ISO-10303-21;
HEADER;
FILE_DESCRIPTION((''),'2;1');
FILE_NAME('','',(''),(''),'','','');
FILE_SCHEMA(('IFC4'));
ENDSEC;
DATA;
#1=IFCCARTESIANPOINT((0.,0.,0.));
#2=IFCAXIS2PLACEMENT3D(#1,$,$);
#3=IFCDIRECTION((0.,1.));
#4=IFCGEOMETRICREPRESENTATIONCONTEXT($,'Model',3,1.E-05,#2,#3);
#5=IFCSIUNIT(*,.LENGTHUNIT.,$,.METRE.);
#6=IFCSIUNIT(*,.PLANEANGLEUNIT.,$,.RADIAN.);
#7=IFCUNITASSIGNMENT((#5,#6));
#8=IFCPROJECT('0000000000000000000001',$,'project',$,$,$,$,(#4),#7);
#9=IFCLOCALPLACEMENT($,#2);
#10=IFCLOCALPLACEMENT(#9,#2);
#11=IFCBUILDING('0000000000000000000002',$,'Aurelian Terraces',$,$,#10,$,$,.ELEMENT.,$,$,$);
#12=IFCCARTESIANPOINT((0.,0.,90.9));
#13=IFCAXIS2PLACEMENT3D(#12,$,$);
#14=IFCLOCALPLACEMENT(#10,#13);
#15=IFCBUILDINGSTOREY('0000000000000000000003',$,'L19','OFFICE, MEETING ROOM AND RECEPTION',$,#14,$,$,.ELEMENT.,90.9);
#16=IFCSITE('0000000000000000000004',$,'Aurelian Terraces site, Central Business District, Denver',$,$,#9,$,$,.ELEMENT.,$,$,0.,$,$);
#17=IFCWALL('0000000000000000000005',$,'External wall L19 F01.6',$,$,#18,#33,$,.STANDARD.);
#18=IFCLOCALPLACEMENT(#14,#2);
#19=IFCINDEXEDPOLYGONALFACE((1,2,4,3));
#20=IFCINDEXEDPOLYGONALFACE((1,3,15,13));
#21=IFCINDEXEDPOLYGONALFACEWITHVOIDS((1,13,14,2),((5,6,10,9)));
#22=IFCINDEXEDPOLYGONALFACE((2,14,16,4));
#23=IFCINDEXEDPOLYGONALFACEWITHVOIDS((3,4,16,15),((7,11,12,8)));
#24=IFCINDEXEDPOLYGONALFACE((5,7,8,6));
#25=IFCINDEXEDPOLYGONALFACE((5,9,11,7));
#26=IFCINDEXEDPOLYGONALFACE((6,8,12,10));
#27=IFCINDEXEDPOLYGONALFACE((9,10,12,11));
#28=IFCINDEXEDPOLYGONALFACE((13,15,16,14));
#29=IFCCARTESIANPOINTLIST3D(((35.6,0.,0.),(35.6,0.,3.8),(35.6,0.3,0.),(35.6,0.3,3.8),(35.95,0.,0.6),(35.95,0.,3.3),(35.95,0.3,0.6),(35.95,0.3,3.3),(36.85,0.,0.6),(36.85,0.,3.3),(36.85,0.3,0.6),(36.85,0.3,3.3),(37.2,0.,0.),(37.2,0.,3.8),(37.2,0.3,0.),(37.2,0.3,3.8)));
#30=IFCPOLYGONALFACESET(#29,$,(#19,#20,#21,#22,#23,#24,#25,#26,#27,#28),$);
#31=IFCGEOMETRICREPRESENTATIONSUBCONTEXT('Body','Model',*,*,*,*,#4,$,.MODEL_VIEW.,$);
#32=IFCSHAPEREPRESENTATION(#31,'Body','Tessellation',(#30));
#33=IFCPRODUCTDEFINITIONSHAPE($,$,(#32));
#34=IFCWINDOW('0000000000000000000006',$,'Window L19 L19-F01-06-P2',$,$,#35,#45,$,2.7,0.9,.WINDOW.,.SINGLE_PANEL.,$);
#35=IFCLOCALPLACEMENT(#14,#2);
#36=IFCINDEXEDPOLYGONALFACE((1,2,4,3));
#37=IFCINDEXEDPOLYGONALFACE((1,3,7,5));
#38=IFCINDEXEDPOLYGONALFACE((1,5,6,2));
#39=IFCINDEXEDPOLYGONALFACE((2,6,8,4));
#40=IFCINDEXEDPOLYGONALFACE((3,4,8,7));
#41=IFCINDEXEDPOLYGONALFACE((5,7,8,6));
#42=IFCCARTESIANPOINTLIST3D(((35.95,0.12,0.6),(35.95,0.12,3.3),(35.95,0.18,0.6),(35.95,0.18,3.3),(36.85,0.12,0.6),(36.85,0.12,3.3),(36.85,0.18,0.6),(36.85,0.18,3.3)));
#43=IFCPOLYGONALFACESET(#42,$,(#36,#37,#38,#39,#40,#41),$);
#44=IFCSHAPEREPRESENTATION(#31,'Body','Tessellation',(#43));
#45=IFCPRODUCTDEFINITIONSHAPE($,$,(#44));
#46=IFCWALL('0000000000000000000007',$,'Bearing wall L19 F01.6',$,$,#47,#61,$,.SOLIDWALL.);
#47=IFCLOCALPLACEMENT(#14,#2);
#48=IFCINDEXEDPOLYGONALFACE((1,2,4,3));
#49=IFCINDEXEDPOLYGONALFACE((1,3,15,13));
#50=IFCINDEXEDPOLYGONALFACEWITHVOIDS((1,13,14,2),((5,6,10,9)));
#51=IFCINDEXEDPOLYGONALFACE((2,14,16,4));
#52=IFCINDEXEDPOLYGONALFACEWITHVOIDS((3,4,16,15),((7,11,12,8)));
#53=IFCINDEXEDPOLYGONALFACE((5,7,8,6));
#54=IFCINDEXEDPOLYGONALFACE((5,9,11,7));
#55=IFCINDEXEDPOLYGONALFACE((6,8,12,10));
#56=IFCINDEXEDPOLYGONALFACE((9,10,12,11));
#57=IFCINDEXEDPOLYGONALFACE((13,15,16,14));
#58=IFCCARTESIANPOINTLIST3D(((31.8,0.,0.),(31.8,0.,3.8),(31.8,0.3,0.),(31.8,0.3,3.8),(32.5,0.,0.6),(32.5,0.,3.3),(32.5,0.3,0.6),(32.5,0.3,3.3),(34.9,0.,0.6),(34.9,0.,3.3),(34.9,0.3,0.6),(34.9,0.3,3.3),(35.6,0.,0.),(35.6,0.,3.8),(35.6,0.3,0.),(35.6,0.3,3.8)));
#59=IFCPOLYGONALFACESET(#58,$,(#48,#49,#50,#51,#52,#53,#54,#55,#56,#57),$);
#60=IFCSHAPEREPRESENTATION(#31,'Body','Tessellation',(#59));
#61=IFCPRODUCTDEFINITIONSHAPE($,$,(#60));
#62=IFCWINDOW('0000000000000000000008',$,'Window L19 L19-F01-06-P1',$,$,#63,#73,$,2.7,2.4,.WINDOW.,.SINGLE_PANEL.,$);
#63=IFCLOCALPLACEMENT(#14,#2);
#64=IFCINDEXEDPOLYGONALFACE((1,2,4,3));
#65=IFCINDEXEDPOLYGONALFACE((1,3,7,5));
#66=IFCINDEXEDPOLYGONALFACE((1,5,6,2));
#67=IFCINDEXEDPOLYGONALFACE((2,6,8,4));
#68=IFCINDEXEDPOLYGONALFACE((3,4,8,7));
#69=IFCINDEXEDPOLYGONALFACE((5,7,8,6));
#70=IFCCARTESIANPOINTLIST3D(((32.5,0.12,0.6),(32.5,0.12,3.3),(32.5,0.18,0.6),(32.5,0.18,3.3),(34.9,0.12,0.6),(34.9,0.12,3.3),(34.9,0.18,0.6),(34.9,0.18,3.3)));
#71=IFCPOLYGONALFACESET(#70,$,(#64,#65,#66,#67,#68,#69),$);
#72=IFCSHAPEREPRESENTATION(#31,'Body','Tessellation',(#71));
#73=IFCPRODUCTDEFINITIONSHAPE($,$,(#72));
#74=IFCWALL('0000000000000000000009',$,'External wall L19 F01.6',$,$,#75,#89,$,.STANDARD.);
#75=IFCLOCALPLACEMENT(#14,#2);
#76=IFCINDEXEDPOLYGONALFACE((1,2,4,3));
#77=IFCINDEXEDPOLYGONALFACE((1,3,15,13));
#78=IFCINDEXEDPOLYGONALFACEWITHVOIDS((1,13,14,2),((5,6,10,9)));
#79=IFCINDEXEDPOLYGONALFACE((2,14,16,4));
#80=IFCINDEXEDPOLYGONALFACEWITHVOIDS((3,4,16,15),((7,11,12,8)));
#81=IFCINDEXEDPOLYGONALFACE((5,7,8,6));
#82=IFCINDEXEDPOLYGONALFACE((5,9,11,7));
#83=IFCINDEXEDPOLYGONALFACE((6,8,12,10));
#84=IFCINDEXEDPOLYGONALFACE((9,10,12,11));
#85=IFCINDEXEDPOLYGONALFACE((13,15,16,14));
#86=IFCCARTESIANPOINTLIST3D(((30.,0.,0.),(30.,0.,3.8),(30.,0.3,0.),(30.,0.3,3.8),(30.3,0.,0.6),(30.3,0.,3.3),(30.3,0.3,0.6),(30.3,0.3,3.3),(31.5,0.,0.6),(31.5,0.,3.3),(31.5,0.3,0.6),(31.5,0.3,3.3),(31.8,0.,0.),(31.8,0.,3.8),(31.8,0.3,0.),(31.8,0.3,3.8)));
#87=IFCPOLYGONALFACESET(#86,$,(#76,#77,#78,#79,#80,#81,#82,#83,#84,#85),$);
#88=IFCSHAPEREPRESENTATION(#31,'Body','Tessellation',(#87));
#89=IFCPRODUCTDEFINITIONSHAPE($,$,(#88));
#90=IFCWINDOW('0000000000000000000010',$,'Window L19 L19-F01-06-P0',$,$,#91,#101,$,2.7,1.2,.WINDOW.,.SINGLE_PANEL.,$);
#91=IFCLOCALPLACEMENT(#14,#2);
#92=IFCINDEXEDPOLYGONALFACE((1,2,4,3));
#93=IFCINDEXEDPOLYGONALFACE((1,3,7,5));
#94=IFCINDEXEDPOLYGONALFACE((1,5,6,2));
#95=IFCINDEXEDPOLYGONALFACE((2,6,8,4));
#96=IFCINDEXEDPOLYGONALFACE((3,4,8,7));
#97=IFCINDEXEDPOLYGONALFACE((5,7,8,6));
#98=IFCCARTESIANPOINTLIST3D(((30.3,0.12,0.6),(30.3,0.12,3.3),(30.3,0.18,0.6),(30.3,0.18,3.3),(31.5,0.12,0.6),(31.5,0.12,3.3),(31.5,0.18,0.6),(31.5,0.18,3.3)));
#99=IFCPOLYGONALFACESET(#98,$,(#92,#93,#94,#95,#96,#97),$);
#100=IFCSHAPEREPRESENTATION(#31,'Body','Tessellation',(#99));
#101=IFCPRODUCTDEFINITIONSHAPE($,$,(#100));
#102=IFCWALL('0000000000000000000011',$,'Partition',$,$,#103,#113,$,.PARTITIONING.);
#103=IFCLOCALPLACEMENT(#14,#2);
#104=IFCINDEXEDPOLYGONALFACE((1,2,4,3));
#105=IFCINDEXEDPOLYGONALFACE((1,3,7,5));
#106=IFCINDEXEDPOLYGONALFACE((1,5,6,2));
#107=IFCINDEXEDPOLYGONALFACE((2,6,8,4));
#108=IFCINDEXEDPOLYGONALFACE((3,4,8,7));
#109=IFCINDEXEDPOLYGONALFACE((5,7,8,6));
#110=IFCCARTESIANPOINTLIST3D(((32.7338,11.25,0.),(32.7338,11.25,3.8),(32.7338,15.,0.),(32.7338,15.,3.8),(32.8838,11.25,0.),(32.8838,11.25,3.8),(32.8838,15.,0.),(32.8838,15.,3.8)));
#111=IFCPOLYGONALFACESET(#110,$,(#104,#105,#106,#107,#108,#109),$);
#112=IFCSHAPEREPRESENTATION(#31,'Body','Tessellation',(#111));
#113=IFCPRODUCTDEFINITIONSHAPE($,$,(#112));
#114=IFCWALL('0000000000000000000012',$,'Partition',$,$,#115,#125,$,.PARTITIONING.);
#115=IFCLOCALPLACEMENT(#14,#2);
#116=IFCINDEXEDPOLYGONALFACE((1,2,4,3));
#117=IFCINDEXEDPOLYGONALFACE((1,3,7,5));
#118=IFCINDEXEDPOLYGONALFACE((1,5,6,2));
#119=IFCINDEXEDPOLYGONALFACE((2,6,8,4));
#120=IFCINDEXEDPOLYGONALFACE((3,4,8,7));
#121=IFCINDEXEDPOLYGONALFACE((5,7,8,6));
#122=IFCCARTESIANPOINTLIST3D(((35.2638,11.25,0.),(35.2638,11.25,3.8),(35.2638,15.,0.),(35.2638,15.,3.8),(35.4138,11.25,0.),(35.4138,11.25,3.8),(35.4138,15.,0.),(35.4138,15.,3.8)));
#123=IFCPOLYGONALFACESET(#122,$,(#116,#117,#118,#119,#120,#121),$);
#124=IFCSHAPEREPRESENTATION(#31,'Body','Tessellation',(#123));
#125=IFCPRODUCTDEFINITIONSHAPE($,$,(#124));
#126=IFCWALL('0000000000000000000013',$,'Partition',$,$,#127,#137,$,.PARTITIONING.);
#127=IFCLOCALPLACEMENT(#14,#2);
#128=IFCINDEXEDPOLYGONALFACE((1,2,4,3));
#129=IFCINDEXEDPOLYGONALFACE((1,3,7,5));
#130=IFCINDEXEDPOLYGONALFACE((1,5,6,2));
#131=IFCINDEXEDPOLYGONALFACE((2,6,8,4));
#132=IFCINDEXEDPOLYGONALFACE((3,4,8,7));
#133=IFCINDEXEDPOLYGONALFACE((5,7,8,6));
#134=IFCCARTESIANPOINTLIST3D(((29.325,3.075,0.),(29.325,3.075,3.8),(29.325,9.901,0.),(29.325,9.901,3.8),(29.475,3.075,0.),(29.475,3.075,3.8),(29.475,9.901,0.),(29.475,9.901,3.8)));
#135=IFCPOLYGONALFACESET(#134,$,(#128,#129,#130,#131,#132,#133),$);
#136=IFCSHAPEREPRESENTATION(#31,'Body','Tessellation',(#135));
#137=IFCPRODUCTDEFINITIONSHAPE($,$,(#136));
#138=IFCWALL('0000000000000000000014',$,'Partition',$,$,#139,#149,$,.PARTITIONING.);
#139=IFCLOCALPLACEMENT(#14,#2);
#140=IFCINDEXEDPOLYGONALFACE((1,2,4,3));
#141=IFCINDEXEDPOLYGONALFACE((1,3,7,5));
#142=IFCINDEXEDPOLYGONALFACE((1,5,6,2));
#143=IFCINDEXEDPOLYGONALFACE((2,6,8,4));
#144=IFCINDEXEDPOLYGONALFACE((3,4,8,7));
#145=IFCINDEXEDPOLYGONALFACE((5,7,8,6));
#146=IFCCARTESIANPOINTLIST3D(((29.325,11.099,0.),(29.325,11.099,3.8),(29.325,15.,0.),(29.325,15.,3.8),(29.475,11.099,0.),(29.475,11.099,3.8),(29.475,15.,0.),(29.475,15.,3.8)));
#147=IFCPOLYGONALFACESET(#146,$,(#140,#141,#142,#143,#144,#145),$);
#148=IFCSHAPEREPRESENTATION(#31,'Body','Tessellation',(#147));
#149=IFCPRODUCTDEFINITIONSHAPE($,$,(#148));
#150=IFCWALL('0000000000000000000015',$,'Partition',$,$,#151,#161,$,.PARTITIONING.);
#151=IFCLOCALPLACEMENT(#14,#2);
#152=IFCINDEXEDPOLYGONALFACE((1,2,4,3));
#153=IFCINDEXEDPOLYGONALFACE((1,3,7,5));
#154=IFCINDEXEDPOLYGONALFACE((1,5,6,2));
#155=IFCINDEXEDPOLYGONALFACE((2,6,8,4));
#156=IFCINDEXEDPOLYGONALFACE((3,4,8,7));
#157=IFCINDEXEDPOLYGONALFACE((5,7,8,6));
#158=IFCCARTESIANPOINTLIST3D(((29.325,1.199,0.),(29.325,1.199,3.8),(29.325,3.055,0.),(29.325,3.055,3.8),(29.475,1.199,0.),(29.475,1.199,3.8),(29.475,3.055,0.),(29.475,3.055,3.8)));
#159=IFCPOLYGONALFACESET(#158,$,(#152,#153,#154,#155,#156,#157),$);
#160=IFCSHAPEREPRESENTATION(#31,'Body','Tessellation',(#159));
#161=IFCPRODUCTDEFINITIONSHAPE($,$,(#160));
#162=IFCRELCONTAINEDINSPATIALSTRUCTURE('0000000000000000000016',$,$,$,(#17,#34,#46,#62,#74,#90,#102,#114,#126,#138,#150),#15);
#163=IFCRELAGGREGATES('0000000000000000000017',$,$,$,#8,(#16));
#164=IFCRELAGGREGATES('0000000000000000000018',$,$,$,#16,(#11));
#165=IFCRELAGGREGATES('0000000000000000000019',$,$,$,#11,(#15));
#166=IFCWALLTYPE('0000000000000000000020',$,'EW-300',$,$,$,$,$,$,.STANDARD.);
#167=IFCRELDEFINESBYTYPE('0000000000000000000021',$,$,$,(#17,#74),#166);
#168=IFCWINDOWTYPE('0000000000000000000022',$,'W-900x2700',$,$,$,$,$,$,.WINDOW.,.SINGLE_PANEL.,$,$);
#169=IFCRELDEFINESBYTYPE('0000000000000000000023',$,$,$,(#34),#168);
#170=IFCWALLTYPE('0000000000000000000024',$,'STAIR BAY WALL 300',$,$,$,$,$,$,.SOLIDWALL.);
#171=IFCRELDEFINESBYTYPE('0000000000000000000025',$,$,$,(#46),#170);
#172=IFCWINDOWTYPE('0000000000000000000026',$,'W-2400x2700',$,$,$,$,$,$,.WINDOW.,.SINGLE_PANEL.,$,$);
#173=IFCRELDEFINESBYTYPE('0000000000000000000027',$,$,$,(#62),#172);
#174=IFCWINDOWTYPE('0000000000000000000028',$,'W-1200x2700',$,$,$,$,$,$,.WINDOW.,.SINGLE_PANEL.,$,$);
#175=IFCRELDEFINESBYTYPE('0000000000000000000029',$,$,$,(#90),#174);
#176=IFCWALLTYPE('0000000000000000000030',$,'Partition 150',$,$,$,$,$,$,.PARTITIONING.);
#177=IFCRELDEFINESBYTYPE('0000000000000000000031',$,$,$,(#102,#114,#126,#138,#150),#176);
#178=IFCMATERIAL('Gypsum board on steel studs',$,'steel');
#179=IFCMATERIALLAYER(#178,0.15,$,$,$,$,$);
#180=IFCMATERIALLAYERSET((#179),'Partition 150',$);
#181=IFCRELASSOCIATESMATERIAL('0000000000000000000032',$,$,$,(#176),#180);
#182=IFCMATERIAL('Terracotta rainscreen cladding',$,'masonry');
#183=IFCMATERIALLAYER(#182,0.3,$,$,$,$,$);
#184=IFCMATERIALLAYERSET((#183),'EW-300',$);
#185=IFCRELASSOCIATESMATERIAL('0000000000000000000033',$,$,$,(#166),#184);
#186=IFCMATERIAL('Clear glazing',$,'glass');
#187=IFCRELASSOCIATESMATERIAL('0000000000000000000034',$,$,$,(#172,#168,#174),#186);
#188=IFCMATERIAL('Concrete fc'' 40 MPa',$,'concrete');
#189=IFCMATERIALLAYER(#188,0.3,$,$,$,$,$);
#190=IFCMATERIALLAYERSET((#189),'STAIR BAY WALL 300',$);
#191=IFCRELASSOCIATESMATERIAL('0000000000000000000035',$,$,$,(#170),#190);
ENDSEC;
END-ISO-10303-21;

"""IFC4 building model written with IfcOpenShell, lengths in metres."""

from ifc_helpers import new_model, si_unit, direction, frame, frame_2d, origin, place, context, subcontext, project, spatial, rectangle, extrude, source, transform, mapped, material, layer, layer_set, type_object, element, fill, save


model = new_model("IFC4")

# Units and contexts
model_context = context("Model", 3, precision=1e-05, world=origin(), true_north=direction((0.0, 1.0)))
body_context = subcontext(model_context, "Body", "Model", "MODEL_VIEW")
ifc_project = project(units=[si_unit("LENGTHUNIT", "METRE"), si_unit("PLANEANGLEUNIT", "RADIAN")], contexts=[model_context])

# Site, building, storey
site_placement = place(None, origin())
site = spatial("IfcSite", under=ifc_project, at=site_placement, Name="Aurelian Terraces site, Central Business District, Denver", CompositionType="ELEMENT", RefElevation=0.0)
building_placement = place(site_placement, origin())
building = spatial("IfcBuilding", under=site, at=building_placement, Name="Aurelian Terraces", CompositionType="ELEMENT")
storey_placement = place(building_placement, frame((0.0, 0.0, 90.9)))
storey = spatial("IfcBuildingStorey", under=building, at=storey_placement, Name="L19", Description="OFFICE, MEETING ROOM AND RECEPTION", CompositionType="ELEMENT", Elevation=90.9)

# Shared definitions
ifc_material_1 = material(Name="Gypsum board on steel studs", Category="steel")
ifc_layer_1 = layer(ifc_material_1, 0.15)
ifc_layer_set_1 = layer_set([ifc_layer_1], Name="Partition 150")
wall_type_1 = type_object("IfcWallType", Name="Partition 150", PredefinedType="PARTITIONING", material=ifc_layer_set_1)

# Shared definitions
ifc_material_2 = material(Name="Terracotta rainscreen cladding", Category="masonry")
ifc_layer_2 = layer(ifc_material_2, 0.3)
ifc_layer_set_2 = layer_set([ifc_layer_2], Name="EW-300")
wall_type_2 = type_object("IfcWallType", Name="EW-300", PredefinedType="STANDARD", material=ifc_layer_set_2)
shared_shape_1 = source(origin(), body_context, "Body", "SweptSolid", [
    extrude(rectangle(XDim=2.4, YDim=2.7, at=frame_2d((1.2, 1.35))), frame((0.0, 0.16, 0.0), z_axis=(0.0, -1.0, 0.0), x_axis=(1.0, 0.0, 0.0)), (0.0, 0.0, 1.0), 0.32),
])
ifc_material_3 = material(Name="Clear glazing", Category="glass")
window_type_1 = type_object("IfcWindowType", Name="W-2400x2700", PartitioningType="SINGLE_PANEL", PredefinedType="WINDOW", material=ifc_material_3)
shared_shape_2 = source(origin(), body_context, "Body", "SweptSolid", [
    extrude(rectangle(XDim=2.4, YDim=2.7, at=frame_2d((1.2, 1.35))), frame((0.0, 0.03, 0.0), z_axis=(0.0, -1.0, 0.0), x_axis=(1.0, 0.0, 0.0)), (0.0, 0.0, 1.0), 0.06),
])

# Walls, openings, windows
shared_shape_3 = source(origin(), body_context, "Body", "SweptSolid", [
    extrude(rectangle(XDim=1.6, YDim=0.3, at=frame_2d((0.8, 0.0))), origin(), (0.0, 0.0, 1.0), 3.8),
])
wall_1_placement = place(storey_placement, frame((35.6, 0.15, 0.0), z_axis=(0.0, 0.0, 1.0), x_axis=(1.0, 0.0, 0.0)))
wall_1 = element("IfcWall", 1, at=wall_1_placement, inside=storey, type_object=wall_type_2, Name="External wall L19 F01.6", PredefinedType="STANDARD", context=body_context, shape_type="MappedRepresentation", body=[
    mapped(shared_shape_3, transform((0.0, 0.0, 0.0), scale=1.0)),
])
shared_shape_4 = source(origin(), body_context, "Body", "SweptSolid", [
    extrude(rectangle(XDim=0.9, YDim=2.7, at=frame_2d((0.45, 1.35))), frame((0.0, 0.16, 0.0), z_axis=(0.0, -1.0, 0.0), x_axis=(1.0, 0.0, 0.0)), (0.0, 0.0, 1.0), 0.32),
])
opening_1_placement = place(wall_1_placement, frame((0.35, 0.0, 0.6)))
opening_1 = element("IfcOpeningElement", 2, at=opening_1_placement, cuts=wall_1, PredefinedType="OPENING", context=body_context, shape_type="MappedRepresentation", body=[
    mapped(shared_shape_4, transform((0.0, 0.0, 0.0), scale=1.0)),
])
window_type_2 = type_object("IfcWindowType", Name="W-900x2700", PartitioningType="SINGLE_PANEL", PredefinedType="WINDOW", material=ifc_material_3)
shared_shape_5 = source(origin(), body_context, "Body", "SweptSolid", [
    extrude(rectangle(XDim=0.9, YDim=2.7, at=frame_2d((0.45, 1.35))), frame((0.0, 0.03, 0.0), z_axis=(0.0, -1.0, 0.0), x_axis=(1.0, 0.0, 0.0)), (0.0, 0.0, 1.0), 0.06),
])
window_1_placement = place(opening_1_placement, origin())
window_1 = element("IfcWindow", 3, at=window_1_placement, inside=storey, type_object=window_type_2, Name="Window L19 L19-F01-06-P2", OverallHeight=2.7, OverallWidth=0.9, PartitioningType="SINGLE_PANEL", PredefinedType="WINDOW", context=body_context, shape_type="MappedRepresentation", body=[
    mapped(shared_shape_5, transform((0.0, 0.0, 0.0), scale=1.0)),
])
fill(opening_1, window_1)
ifc_material_4 = material(Name="Concrete fc' 40 MPa", Category="concrete")
ifc_layer_3 = layer(ifc_material_4, 0.3)
ifc_layer_set_3 = layer_set([ifc_layer_3], Name="STAIR BAY WALL 300")
wall_type_3 = type_object("IfcWallType", Name="STAIR BAY WALL 300", PredefinedType="SOLIDWALL", material=ifc_layer_set_3)
shared_shape_6 = source(origin(), body_context, "Body", "SweptSolid", [
    extrude(rectangle(XDim=3.8, YDim=0.3, at=frame_2d((1.9, 0.0))), origin(), (0.0, 0.0, 1.0), 3.8),
])
wall_2_placement = place(storey_placement, frame((31.8, 0.15, 0.0), z_axis=(0.0, 0.0, 1.0), x_axis=(1.0, 0.0, 0.0)))
wall_2 = element("IfcWall", 4, at=wall_2_placement, inside=storey, type_object=wall_type_3, Name="Bearing wall L19 F01.6", PredefinedType="SOLIDWALL", context=body_context, shape_type="MappedRepresentation", body=[
    mapped(shared_shape_6, transform((0.0, 0.0, 0.0), scale=1.0)),
])
opening_2_placement = place(wall_2_placement, frame((0.7, 0.0, 0.6)))
opening_2 = element("IfcOpeningElement", 5, at=opening_2_placement, cuts=wall_2, PredefinedType="OPENING", context=body_context, shape_type="MappedRepresentation", body=[
    mapped(shared_shape_1, transform((0.0, 0.0, 0.0), scale=1.0)),
])
window_2_placement = place(opening_2_placement, origin())
window_2 = element("IfcWindow", 6, at=window_2_placement, inside=storey, type_object=window_type_1, Name="Window L19 L19-F01-06-P1", OverallHeight=2.7, OverallWidth=2.4, PartitioningType="SINGLE_PANEL", PredefinedType="WINDOW", context=body_context, shape_type="MappedRepresentation", body=[
    mapped(shared_shape_2, transform((0.0, 0.0, 0.0), scale=1.0)),
])
fill(opening_2, window_2)
shared_shape_7 = source(origin(), body_context, "Body", "SweptSolid", [
    extrude(rectangle(XDim=1.8, YDim=0.3, at=frame_2d((0.9, 0.0))), origin(), (0.0, 0.0, 1.0), 3.8),
])
wall_3_placement = place(storey_placement, frame((30.0, 0.15, 0.0), z_axis=(0.0, 0.0, 1.0), x_axis=(1.0, 0.0, 0.0)))
wall_3 = element("IfcWall", 7, at=wall_3_placement, inside=storey, type_object=wall_type_2, Name="External wall L19 F01.6", PredefinedType="STANDARD", context=body_context, shape_type="MappedRepresentation", body=[
    mapped(shared_shape_7, transform((0.0, 0.0, 0.0), scale=1.0)),
])
shared_shape_8 = source(origin(), body_context, "Body", "SweptSolid", [
    extrude(rectangle(XDim=1.2, YDim=2.7, at=frame_2d((0.6, 1.35))), frame((0.0, 0.16, 0.0), z_axis=(0.0, -1.0, 0.0), x_axis=(1.0, 0.0, 0.0)), (0.0, 0.0, 1.0), 0.32),
])
opening_3_placement = place(wall_3_placement, frame((0.3, 0.0, 0.6)))
opening_3 = element("IfcOpeningElement", 8, at=opening_3_placement, cuts=wall_3, PredefinedType="OPENING", context=body_context, shape_type="MappedRepresentation", body=[
    mapped(shared_shape_8, transform((0.0, 0.0, 0.0), scale=1.0)),
])
window_type_3 = type_object("IfcWindowType", Name="W-1200x2700", PartitioningType="SINGLE_PANEL", PredefinedType="WINDOW", material=ifc_material_3)
shared_shape_9 = source(origin(), body_context, "Body", "SweptSolid", [
    extrude(rectangle(XDim=1.2, YDim=2.7, at=frame_2d((0.6, 1.35))), frame((0.0, 0.03, 0.0), z_axis=(0.0, -1.0, 0.0), x_axis=(1.0, 0.0, 0.0)), (0.0, 0.0, 1.0), 0.06),
])
window_3_placement = place(opening_3_placement, origin())
window_3 = element("IfcWindow", 9, at=window_3_placement, inside=storey, type_object=window_type_3, Name="Window L19 L19-F01-06-P0", OverallHeight=2.7, OverallWidth=1.2, PartitioningType="SINGLE_PANEL", PredefinedType="WINDOW", context=body_context, shape_type="MappedRepresentation", body=[
    mapped(shared_shape_9, transform((0.0, 0.0, 0.0), scale=1.0)),
])
fill(opening_3, window_3)

# Walls
shared_shape_10 = source(origin(), body_context, "Body", "SweptSolid", [
    extrude(rectangle(XDim=3.75, YDim=0.15, at=frame_2d((1.875, 0.0))), origin(), (0.0, 0.0, 1.0), 3.8),
])
for number, where, z_axis, x_axis, name in (
    (10, (32.8088, 11.25, 0.0), (0.0, 0.0, 1.0), (0.0, 1.0, 0.0), "Partition"),
    (11, (35.3388, 11.25, 0.0), (0.0, 0.0, 1.0), (0.0, 1.0, 0.0), "Partition"),
):
    element("IfcWall", number, at=place(storey_placement, frame(where, z_axis=z_axis, x_axis=x_axis)), inside=storey, type_object=wall_type_1, Name=name, PredefinedType="PARTITIONING", context=body_context, shape_type="MappedRepresentation", body=[
        mapped(shared_shape_10, transform((0.0, 0.0, 0.0), scale=1.0)),
    ])
shared_shape_11 = source(origin(), body_context, "Body", "SweptSolid", [
    extrude(rectangle(XDim=6.826, YDim=0.15, at=frame_2d((3.413, 0.0))), origin(), (0.0, 0.0, 1.0), 3.8),
])
wall_4_placement = place(storey_placement, frame((29.4, 3.075, 0.0), z_axis=(0.0, 0.0, 1.0), x_axis=(0.0, 1.0, 0.0)))
element("IfcWall", 12, at=wall_4_placement, inside=storey, type_object=wall_type_1, Name="Partition", PredefinedType="PARTITIONING", context=body_context, shape_type="MappedRepresentation", body=[
    mapped(shared_shape_11, transform((0.0, 0.0, 0.0), scale=1.0)),
])
shared_shape_12 = source(origin(), body_context, "Body", "SweptSolid", [
    extrude(rectangle(XDim=3.901, YDim=0.15, at=frame_2d((1.9505, 0.0))), origin(), (0.0, 0.0, 1.0), 3.8),
])
wall_5_placement = place(storey_placement, frame((29.4, 11.099, 0.0), z_axis=(0.0, 0.0, 1.0), x_axis=(0.0, 1.0, 0.0)))
element("IfcWall", 13, at=wall_5_placement, inside=storey, type_object=wall_type_1, Name="Partition", PredefinedType="PARTITIONING", context=body_context, shape_type="MappedRepresentation", body=[
    mapped(shared_shape_12, transform((0.0, 0.0, 0.0), scale=1.0)),
])
shared_shape_13 = source(origin(), body_context, "Body", "SweptSolid", [
    extrude(rectangle(XDim=1.856, YDim=0.15, at=frame_2d((0.928, 0.0))), origin(), (0.0, 0.0, 1.0), 3.8),
])
wall_6_placement = place(storey_placement, frame((29.4, 1.199, 0.0), z_axis=(0.0, 0.0, 1.0), x_axis=(0.0, 1.0, 0.0)))
element("IfcWall", 14, at=wall_6_placement, inside=storey, type_object=wall_type_1, Name="Partition", PredefinedType="PARTITIONING", context=body_context, shape_type="MappedRepresentation", body=[
    mapped(shared_shape_13, transform((0.0, 0.0, 0.0), scale=1.0)),
])

save(model, "model.ifc")
